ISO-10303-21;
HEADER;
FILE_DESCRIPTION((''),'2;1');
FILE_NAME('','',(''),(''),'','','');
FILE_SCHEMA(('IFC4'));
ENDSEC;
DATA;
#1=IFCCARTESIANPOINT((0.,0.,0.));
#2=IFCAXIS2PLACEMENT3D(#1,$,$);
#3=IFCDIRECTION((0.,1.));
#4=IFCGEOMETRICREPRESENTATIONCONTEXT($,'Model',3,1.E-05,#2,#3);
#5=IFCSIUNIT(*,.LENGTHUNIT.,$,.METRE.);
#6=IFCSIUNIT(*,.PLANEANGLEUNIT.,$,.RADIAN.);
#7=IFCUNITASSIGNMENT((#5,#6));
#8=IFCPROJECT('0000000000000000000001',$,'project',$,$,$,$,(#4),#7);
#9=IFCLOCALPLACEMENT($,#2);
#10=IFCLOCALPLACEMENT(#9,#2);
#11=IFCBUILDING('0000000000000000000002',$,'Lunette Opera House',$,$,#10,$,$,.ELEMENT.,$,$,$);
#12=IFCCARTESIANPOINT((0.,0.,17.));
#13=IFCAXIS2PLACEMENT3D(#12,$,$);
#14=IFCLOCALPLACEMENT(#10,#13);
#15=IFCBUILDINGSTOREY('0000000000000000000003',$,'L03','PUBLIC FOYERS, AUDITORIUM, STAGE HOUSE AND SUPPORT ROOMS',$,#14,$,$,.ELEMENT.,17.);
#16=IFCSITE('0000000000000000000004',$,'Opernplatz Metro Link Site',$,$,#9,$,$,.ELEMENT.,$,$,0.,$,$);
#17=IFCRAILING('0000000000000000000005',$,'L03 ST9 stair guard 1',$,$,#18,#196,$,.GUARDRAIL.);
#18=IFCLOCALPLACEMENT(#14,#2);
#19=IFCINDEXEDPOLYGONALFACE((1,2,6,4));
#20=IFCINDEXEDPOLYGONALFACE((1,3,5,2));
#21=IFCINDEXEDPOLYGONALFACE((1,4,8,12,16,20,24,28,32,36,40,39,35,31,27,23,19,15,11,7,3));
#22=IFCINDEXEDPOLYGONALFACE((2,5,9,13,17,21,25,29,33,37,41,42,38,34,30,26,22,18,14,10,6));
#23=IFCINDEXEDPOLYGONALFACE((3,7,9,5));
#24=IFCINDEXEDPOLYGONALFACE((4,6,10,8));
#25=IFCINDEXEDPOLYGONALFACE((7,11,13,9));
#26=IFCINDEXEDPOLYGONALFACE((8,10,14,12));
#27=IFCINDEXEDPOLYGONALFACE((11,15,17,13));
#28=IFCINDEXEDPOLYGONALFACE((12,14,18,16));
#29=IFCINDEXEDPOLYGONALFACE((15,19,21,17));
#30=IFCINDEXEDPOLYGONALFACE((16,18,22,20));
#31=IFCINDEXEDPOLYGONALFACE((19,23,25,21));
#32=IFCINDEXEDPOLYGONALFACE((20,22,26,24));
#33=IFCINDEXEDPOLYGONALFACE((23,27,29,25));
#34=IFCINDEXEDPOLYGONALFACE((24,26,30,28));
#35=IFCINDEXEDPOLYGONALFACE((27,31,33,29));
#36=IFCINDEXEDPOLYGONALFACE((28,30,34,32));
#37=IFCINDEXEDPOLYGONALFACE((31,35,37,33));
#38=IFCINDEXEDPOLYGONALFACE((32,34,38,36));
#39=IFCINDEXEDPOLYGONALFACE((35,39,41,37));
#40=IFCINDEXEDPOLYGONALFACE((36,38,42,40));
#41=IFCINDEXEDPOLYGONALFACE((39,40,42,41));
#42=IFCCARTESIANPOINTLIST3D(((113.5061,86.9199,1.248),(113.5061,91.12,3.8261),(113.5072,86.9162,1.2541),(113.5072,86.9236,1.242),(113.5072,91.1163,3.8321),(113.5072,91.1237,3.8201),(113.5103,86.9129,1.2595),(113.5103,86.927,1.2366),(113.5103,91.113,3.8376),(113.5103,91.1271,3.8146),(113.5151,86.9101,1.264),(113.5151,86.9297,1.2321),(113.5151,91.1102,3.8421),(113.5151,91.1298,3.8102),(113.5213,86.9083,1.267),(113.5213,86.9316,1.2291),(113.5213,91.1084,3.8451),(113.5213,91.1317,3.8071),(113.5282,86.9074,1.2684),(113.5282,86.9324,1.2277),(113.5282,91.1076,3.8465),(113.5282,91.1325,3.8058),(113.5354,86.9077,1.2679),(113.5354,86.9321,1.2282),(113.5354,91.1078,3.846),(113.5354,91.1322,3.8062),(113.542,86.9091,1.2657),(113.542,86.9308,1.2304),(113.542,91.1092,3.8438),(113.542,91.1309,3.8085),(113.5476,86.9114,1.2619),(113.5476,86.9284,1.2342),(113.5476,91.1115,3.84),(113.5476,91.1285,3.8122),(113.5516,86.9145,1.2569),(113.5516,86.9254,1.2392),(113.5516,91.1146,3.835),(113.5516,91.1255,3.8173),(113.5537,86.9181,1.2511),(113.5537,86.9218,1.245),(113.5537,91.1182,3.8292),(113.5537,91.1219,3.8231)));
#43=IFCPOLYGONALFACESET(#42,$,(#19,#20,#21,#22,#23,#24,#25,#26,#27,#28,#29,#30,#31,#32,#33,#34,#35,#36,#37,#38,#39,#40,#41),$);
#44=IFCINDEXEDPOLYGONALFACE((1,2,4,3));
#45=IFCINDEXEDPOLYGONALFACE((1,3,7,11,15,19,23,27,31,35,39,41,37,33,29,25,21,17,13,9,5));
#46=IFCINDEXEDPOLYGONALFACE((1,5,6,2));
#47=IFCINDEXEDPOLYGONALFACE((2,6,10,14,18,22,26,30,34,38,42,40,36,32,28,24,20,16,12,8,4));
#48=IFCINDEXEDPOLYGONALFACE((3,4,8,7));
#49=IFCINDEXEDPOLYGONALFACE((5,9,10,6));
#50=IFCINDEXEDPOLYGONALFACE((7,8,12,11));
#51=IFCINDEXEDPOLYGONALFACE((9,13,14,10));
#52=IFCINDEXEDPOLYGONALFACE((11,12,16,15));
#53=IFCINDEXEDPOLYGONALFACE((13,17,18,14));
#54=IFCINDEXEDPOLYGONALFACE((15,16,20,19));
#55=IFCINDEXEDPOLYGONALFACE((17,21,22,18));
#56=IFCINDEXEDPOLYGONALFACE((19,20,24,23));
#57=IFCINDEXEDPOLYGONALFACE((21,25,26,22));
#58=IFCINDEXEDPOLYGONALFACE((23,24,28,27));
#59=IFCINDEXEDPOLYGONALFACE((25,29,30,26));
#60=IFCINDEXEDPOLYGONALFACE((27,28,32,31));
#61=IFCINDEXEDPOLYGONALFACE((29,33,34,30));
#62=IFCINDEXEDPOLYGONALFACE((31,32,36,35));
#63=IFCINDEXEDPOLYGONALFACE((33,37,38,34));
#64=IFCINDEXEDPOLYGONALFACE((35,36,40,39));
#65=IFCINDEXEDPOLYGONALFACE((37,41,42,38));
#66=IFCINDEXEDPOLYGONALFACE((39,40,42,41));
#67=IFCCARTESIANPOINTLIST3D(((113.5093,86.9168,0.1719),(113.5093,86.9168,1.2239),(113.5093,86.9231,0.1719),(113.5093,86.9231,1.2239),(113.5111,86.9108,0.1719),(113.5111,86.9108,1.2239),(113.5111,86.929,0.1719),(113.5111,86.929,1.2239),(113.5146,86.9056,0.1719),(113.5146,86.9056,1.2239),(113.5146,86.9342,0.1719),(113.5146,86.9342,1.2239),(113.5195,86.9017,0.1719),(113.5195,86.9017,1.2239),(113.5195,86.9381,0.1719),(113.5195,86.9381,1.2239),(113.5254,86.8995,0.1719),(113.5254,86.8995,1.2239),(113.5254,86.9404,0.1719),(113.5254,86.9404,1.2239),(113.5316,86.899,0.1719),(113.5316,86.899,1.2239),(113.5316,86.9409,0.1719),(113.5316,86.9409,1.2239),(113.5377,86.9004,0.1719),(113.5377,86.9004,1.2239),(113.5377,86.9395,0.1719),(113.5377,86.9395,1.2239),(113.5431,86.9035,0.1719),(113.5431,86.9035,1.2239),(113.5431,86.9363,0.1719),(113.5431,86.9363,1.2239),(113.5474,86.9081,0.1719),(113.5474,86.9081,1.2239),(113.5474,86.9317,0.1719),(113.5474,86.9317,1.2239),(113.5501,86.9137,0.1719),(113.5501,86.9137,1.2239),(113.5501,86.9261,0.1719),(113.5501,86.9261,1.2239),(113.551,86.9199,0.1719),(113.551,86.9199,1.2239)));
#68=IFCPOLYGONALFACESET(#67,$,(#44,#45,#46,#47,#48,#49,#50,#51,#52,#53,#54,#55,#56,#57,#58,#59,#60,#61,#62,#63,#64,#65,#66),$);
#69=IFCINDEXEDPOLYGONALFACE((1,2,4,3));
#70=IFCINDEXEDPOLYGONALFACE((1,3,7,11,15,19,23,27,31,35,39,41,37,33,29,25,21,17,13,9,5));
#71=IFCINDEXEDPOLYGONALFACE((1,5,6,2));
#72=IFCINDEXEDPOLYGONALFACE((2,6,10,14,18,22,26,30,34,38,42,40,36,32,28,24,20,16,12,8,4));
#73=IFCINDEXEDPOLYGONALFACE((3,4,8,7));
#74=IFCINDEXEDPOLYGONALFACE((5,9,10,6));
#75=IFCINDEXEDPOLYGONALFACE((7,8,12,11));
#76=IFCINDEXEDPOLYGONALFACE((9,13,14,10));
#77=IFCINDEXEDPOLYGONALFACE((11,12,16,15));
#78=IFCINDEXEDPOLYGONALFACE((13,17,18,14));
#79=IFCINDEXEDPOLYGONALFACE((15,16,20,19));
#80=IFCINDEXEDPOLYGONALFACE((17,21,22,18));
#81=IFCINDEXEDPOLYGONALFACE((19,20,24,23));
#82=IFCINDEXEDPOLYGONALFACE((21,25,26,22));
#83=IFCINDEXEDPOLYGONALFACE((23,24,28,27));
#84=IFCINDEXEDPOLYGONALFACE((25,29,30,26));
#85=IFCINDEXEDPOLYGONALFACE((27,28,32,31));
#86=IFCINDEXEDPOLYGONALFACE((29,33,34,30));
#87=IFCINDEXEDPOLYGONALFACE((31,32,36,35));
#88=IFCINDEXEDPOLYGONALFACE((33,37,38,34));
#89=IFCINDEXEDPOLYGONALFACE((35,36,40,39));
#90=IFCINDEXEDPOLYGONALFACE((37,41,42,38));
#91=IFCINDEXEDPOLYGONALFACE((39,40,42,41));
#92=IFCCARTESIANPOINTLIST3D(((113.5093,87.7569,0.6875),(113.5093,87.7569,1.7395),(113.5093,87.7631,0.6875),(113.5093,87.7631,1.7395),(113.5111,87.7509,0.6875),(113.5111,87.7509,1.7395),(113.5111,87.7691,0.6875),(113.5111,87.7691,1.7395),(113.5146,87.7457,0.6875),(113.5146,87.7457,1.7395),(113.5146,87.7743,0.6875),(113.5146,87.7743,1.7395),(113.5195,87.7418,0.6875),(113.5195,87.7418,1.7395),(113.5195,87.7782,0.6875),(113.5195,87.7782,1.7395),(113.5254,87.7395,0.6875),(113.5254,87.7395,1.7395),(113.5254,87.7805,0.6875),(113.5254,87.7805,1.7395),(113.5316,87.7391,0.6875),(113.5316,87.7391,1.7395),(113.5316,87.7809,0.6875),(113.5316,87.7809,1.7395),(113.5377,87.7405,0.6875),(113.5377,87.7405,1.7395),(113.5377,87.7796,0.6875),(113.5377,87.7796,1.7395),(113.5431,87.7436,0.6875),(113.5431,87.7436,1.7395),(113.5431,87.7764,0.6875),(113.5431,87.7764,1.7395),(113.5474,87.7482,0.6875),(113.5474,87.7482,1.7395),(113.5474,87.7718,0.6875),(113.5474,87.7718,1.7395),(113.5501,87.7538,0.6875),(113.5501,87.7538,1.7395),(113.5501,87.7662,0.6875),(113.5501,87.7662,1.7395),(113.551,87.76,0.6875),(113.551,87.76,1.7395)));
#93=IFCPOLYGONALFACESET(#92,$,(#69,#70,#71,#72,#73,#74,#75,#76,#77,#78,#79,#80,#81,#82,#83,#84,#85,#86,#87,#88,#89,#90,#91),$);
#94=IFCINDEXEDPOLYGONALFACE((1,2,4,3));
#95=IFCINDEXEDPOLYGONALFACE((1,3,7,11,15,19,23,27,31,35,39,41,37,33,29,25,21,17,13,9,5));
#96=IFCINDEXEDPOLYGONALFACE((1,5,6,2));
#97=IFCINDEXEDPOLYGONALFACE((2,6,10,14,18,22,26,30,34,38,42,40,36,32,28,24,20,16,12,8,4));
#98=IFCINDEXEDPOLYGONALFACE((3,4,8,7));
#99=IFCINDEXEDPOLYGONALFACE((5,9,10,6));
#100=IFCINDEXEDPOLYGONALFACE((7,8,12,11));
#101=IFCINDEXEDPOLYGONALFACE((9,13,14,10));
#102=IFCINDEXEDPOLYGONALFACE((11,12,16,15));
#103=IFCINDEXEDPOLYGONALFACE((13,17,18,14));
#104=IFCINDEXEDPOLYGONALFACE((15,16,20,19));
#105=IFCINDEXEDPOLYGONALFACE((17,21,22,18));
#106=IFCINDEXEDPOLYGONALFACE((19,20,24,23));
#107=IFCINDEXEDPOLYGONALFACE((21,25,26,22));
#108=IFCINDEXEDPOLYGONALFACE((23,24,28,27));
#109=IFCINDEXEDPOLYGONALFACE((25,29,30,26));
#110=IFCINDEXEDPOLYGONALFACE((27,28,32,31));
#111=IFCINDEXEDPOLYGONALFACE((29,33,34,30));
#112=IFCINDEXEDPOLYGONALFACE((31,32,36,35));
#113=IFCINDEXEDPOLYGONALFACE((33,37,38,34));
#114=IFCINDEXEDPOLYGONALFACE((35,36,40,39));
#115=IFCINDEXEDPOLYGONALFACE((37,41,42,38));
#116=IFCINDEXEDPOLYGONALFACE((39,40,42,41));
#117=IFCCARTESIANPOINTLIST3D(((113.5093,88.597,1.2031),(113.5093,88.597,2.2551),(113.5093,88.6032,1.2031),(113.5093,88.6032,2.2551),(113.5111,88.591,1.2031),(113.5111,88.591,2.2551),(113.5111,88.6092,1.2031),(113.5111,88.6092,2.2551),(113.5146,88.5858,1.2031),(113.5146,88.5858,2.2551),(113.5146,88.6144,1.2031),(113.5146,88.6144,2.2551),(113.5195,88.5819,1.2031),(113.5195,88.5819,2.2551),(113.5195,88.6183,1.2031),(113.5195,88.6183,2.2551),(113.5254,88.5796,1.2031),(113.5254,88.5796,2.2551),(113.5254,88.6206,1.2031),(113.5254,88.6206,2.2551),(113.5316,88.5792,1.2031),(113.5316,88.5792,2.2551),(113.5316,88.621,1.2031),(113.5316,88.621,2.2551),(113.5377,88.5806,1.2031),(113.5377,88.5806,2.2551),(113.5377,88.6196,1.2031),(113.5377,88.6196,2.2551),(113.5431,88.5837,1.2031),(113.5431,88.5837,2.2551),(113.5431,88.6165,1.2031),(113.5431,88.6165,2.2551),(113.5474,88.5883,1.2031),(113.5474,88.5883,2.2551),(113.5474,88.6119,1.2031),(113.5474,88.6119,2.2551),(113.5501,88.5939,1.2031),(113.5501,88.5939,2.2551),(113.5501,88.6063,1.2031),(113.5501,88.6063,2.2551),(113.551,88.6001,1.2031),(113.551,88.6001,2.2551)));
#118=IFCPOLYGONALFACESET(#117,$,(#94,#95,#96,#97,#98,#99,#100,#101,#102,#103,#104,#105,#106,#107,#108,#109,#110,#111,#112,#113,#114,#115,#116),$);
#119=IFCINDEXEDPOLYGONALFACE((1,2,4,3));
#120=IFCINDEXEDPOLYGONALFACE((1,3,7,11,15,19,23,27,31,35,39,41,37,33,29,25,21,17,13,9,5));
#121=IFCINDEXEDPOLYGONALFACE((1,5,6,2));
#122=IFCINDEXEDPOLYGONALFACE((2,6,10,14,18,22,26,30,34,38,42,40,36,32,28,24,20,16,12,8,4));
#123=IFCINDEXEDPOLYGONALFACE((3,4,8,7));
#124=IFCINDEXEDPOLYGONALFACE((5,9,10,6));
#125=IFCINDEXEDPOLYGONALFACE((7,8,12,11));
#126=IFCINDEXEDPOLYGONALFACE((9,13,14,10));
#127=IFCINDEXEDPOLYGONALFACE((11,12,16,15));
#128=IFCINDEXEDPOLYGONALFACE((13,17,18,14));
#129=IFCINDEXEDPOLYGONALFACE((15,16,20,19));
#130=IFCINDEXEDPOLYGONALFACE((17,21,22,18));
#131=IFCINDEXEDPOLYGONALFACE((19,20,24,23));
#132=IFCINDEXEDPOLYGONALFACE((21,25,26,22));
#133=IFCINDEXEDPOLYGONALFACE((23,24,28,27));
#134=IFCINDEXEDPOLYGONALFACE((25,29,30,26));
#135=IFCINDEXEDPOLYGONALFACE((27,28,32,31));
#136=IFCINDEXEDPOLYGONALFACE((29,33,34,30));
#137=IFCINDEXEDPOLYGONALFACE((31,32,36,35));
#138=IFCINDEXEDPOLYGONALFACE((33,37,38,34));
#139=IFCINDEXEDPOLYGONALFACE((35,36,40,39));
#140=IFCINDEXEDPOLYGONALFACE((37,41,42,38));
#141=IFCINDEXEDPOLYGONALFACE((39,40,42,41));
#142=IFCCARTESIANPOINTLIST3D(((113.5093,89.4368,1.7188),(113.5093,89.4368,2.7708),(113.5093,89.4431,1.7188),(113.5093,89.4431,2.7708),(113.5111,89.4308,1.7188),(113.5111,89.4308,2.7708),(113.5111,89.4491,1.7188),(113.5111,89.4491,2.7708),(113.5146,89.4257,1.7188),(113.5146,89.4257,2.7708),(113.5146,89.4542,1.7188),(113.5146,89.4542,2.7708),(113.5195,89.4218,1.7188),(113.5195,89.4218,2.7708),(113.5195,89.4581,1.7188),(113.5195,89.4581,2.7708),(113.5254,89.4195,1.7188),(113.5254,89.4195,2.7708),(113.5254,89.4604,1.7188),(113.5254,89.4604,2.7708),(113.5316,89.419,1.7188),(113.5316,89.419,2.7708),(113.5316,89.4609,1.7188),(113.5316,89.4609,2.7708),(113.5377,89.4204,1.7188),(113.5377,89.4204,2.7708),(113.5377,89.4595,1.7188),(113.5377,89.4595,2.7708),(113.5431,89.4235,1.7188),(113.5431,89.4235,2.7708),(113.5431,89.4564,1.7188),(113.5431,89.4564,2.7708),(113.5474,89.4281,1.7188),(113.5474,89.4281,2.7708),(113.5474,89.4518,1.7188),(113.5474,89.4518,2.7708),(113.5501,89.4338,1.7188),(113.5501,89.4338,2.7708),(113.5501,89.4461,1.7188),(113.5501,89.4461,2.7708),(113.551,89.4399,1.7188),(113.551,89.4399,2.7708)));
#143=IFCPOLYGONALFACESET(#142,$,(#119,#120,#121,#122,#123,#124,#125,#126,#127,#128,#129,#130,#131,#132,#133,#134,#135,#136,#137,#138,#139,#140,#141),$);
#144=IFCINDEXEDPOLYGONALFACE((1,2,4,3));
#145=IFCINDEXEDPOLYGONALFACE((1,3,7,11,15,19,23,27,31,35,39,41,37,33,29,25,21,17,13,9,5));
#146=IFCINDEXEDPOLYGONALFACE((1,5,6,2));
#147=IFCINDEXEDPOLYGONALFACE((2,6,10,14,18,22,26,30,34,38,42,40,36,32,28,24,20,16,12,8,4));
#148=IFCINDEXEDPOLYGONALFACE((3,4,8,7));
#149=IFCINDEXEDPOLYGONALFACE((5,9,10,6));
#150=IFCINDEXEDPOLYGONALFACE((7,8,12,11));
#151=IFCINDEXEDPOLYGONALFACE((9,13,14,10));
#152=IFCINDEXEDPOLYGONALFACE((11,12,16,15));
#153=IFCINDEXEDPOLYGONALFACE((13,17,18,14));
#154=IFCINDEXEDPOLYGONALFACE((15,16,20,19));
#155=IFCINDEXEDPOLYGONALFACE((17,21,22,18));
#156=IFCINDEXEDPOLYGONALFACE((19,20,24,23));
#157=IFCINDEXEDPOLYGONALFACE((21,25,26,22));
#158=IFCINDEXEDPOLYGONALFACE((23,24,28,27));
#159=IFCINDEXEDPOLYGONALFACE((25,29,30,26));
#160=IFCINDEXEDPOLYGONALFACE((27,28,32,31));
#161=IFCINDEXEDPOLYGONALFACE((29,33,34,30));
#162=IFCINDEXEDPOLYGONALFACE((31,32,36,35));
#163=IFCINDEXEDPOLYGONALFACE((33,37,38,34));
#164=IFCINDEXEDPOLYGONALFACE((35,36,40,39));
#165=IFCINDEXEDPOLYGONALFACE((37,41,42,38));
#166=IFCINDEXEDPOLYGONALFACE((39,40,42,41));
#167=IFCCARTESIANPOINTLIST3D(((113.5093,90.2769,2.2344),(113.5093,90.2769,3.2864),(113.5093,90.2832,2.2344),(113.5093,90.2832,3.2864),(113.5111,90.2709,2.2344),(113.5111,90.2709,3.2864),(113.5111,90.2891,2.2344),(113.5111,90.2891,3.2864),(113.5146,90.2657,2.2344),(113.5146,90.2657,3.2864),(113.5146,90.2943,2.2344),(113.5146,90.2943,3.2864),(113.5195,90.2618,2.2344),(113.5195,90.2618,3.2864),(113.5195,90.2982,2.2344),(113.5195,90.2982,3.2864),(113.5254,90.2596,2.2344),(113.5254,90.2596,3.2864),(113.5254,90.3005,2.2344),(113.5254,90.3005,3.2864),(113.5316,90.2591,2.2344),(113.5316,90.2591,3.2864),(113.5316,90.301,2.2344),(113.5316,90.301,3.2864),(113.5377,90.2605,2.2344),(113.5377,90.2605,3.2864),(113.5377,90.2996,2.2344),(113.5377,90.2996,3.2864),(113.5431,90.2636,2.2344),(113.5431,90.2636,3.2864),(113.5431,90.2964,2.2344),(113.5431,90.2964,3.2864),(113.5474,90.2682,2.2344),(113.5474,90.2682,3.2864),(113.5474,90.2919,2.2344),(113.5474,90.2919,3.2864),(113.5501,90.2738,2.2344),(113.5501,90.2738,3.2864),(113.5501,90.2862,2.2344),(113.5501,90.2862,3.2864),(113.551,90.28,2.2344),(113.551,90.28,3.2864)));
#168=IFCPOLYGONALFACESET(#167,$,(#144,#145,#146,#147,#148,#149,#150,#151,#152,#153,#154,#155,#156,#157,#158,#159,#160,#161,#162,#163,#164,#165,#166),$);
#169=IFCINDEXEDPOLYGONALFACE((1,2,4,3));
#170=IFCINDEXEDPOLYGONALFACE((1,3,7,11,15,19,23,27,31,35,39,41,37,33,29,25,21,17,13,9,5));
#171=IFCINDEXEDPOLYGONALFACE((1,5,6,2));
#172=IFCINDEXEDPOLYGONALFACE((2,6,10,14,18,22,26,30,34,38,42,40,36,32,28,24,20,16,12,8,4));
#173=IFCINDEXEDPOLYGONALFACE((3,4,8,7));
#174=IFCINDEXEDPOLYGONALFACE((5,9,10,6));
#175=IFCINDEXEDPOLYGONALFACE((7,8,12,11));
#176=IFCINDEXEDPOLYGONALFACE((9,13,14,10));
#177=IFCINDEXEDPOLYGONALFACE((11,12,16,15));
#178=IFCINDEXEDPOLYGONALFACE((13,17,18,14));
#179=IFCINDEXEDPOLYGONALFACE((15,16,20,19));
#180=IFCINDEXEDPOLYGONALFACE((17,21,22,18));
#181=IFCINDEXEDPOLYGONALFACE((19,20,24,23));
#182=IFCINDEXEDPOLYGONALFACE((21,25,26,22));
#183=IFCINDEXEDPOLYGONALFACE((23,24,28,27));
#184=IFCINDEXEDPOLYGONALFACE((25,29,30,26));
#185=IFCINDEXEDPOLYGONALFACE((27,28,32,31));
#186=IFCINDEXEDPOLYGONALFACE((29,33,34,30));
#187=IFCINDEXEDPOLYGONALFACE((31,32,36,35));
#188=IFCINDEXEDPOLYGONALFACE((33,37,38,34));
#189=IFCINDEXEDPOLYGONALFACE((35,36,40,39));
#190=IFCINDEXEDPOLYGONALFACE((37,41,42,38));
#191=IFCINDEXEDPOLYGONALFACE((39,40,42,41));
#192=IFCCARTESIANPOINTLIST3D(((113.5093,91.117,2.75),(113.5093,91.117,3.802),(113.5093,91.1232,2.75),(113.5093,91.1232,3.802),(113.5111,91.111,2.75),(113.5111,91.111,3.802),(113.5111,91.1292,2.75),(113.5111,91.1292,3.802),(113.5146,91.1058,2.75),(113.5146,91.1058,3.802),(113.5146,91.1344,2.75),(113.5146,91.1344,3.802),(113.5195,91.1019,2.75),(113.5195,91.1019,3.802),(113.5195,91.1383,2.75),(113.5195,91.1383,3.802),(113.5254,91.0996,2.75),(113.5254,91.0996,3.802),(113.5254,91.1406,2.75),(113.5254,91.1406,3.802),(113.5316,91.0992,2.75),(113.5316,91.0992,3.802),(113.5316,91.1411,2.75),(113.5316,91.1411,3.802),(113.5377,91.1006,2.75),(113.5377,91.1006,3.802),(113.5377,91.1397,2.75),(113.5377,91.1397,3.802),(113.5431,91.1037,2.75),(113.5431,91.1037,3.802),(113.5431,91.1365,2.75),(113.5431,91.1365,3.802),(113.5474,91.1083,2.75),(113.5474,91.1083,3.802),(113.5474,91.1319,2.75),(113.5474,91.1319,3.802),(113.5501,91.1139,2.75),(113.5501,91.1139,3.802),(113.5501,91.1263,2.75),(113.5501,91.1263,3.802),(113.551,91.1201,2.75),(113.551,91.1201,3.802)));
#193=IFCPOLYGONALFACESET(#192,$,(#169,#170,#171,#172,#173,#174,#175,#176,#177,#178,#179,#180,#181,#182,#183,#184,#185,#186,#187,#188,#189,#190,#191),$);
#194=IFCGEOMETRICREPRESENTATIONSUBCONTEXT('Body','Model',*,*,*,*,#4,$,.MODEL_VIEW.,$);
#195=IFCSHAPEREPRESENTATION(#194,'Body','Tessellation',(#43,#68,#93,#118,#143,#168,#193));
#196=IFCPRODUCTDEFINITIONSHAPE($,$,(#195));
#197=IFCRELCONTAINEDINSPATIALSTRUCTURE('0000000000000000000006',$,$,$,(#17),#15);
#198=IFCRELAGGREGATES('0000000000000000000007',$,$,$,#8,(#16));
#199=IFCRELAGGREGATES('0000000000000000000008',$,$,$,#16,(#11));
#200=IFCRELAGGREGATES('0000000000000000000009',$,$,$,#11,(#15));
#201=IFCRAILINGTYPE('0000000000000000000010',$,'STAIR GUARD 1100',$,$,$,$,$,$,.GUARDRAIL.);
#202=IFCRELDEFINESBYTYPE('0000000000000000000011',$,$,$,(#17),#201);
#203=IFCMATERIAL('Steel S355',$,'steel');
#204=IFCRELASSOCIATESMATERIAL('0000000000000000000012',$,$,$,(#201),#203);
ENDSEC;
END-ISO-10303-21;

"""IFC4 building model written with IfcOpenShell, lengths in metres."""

from ifc_helpers import new_model, si_unit, direction, frame, origin, origin_2d, place, context, subcontext, project, spatial, circle, extrude, material, type_object, element, save


model = new_model("IFC4")

# Units and contexts
model_context = context("Model", 3, precision=1e-05, world=origin(), true_north=direction((0.0, 1.0)))
body_context = subcontext(model_context, "Body", "Model", "MODEL_VIEW")
ifc_project = project(units=[si_unit("LENGTHUNIT", "METRE"), si_unit("PLANEANGLEUNIT", "RADIAN")], contexts=[model_context])

# Site, building, storey
site_placement = place(None, origin())
site = spatial("IfcSite", under=ifc_project, at=site_placement, Name="Opernplatz Metro Link Site", CompositionType="ELEMENT", RefElevation=0.0)
building_placement = place(site_placement, origin())
building = spatial("IfcBuilding", under=site, at=building_placement, Name="Lunette Opera House", CompositionType="ELEMENT")
storey_placement = place(building_placement, frame((0.0, 0.0, 17.0)))
storey = spatial("IfcBuildingStorey", under=building, at=storey_placement, Name="L03", Description="PUBLIC FOYERS, AUDITORIUM, STAGE HOUSE AND SUPPORT ROOMS", CompositionType="ELEMENT", Elevation=17.0)

# Railing
ifc_material_1 = material(Name="Steel S355", Category="steel")
railing_type_1 = type_object("IfcRailingType", Name="STAIR GUARD 1100", PredefinedType="GUARDRAIL", material=ifc_material_1)
railing_1_placement = place(storey_placement, frame((113.53, 86.9199, 0.1719)))
element("IfcRailing", 1, at=railing_1_placement, inside=storey, type_object=railing_type_1, Name="L03 ST9 stair guard 1", PredefinedType="GUARDRAIL", context=body_context, shape_type="SweptSolid", body=[
    extrude(circle(Radius=0.0239, at=origin_2d()), frame((0.0, 0.0, 1.0762), z_axis=(0.0, 0.852256, 0.523124), x_axis=(-1.0, 0.0, 0.0)), (0.0, 0.0, 1.0), 4.9282),
    extrude(circle(Radius=0.021, at=origin_2d()), origin(), (0.0, 0.0, 1.0), 1.052),
    extrude(circle(Radius=0.021, at=origin_2d()), frame((0.0, 0.8401, 0.5156)), (0.0, 0.0, 1.0), 1.052),
    extrude(circle(Radius=0.021, at=origin_2d()), frame((0.0, 1.6802, 1.0312)), (0.0, 0.0, 1.0), 1.052),
    extrude(circle(Radius=0.021, at=origin_2d()), frame((0.0, 2.52, 1.5469)), (0.0, 0.0, 1.0), 1.052),
    extrude(circle(Radius=0.021, at=origin_2d()), frame((0.0, 3.3601, 2.0625)), (0.0, 0.0, 1.0), 1.052),
    extrude(circle(Radius=0.021, at=origin_2d()), frame((0.0, 4.2002, 2.5781)), (0.0, 0.0, 1.0), 1.052),
])

save(model, "model.ifc")
